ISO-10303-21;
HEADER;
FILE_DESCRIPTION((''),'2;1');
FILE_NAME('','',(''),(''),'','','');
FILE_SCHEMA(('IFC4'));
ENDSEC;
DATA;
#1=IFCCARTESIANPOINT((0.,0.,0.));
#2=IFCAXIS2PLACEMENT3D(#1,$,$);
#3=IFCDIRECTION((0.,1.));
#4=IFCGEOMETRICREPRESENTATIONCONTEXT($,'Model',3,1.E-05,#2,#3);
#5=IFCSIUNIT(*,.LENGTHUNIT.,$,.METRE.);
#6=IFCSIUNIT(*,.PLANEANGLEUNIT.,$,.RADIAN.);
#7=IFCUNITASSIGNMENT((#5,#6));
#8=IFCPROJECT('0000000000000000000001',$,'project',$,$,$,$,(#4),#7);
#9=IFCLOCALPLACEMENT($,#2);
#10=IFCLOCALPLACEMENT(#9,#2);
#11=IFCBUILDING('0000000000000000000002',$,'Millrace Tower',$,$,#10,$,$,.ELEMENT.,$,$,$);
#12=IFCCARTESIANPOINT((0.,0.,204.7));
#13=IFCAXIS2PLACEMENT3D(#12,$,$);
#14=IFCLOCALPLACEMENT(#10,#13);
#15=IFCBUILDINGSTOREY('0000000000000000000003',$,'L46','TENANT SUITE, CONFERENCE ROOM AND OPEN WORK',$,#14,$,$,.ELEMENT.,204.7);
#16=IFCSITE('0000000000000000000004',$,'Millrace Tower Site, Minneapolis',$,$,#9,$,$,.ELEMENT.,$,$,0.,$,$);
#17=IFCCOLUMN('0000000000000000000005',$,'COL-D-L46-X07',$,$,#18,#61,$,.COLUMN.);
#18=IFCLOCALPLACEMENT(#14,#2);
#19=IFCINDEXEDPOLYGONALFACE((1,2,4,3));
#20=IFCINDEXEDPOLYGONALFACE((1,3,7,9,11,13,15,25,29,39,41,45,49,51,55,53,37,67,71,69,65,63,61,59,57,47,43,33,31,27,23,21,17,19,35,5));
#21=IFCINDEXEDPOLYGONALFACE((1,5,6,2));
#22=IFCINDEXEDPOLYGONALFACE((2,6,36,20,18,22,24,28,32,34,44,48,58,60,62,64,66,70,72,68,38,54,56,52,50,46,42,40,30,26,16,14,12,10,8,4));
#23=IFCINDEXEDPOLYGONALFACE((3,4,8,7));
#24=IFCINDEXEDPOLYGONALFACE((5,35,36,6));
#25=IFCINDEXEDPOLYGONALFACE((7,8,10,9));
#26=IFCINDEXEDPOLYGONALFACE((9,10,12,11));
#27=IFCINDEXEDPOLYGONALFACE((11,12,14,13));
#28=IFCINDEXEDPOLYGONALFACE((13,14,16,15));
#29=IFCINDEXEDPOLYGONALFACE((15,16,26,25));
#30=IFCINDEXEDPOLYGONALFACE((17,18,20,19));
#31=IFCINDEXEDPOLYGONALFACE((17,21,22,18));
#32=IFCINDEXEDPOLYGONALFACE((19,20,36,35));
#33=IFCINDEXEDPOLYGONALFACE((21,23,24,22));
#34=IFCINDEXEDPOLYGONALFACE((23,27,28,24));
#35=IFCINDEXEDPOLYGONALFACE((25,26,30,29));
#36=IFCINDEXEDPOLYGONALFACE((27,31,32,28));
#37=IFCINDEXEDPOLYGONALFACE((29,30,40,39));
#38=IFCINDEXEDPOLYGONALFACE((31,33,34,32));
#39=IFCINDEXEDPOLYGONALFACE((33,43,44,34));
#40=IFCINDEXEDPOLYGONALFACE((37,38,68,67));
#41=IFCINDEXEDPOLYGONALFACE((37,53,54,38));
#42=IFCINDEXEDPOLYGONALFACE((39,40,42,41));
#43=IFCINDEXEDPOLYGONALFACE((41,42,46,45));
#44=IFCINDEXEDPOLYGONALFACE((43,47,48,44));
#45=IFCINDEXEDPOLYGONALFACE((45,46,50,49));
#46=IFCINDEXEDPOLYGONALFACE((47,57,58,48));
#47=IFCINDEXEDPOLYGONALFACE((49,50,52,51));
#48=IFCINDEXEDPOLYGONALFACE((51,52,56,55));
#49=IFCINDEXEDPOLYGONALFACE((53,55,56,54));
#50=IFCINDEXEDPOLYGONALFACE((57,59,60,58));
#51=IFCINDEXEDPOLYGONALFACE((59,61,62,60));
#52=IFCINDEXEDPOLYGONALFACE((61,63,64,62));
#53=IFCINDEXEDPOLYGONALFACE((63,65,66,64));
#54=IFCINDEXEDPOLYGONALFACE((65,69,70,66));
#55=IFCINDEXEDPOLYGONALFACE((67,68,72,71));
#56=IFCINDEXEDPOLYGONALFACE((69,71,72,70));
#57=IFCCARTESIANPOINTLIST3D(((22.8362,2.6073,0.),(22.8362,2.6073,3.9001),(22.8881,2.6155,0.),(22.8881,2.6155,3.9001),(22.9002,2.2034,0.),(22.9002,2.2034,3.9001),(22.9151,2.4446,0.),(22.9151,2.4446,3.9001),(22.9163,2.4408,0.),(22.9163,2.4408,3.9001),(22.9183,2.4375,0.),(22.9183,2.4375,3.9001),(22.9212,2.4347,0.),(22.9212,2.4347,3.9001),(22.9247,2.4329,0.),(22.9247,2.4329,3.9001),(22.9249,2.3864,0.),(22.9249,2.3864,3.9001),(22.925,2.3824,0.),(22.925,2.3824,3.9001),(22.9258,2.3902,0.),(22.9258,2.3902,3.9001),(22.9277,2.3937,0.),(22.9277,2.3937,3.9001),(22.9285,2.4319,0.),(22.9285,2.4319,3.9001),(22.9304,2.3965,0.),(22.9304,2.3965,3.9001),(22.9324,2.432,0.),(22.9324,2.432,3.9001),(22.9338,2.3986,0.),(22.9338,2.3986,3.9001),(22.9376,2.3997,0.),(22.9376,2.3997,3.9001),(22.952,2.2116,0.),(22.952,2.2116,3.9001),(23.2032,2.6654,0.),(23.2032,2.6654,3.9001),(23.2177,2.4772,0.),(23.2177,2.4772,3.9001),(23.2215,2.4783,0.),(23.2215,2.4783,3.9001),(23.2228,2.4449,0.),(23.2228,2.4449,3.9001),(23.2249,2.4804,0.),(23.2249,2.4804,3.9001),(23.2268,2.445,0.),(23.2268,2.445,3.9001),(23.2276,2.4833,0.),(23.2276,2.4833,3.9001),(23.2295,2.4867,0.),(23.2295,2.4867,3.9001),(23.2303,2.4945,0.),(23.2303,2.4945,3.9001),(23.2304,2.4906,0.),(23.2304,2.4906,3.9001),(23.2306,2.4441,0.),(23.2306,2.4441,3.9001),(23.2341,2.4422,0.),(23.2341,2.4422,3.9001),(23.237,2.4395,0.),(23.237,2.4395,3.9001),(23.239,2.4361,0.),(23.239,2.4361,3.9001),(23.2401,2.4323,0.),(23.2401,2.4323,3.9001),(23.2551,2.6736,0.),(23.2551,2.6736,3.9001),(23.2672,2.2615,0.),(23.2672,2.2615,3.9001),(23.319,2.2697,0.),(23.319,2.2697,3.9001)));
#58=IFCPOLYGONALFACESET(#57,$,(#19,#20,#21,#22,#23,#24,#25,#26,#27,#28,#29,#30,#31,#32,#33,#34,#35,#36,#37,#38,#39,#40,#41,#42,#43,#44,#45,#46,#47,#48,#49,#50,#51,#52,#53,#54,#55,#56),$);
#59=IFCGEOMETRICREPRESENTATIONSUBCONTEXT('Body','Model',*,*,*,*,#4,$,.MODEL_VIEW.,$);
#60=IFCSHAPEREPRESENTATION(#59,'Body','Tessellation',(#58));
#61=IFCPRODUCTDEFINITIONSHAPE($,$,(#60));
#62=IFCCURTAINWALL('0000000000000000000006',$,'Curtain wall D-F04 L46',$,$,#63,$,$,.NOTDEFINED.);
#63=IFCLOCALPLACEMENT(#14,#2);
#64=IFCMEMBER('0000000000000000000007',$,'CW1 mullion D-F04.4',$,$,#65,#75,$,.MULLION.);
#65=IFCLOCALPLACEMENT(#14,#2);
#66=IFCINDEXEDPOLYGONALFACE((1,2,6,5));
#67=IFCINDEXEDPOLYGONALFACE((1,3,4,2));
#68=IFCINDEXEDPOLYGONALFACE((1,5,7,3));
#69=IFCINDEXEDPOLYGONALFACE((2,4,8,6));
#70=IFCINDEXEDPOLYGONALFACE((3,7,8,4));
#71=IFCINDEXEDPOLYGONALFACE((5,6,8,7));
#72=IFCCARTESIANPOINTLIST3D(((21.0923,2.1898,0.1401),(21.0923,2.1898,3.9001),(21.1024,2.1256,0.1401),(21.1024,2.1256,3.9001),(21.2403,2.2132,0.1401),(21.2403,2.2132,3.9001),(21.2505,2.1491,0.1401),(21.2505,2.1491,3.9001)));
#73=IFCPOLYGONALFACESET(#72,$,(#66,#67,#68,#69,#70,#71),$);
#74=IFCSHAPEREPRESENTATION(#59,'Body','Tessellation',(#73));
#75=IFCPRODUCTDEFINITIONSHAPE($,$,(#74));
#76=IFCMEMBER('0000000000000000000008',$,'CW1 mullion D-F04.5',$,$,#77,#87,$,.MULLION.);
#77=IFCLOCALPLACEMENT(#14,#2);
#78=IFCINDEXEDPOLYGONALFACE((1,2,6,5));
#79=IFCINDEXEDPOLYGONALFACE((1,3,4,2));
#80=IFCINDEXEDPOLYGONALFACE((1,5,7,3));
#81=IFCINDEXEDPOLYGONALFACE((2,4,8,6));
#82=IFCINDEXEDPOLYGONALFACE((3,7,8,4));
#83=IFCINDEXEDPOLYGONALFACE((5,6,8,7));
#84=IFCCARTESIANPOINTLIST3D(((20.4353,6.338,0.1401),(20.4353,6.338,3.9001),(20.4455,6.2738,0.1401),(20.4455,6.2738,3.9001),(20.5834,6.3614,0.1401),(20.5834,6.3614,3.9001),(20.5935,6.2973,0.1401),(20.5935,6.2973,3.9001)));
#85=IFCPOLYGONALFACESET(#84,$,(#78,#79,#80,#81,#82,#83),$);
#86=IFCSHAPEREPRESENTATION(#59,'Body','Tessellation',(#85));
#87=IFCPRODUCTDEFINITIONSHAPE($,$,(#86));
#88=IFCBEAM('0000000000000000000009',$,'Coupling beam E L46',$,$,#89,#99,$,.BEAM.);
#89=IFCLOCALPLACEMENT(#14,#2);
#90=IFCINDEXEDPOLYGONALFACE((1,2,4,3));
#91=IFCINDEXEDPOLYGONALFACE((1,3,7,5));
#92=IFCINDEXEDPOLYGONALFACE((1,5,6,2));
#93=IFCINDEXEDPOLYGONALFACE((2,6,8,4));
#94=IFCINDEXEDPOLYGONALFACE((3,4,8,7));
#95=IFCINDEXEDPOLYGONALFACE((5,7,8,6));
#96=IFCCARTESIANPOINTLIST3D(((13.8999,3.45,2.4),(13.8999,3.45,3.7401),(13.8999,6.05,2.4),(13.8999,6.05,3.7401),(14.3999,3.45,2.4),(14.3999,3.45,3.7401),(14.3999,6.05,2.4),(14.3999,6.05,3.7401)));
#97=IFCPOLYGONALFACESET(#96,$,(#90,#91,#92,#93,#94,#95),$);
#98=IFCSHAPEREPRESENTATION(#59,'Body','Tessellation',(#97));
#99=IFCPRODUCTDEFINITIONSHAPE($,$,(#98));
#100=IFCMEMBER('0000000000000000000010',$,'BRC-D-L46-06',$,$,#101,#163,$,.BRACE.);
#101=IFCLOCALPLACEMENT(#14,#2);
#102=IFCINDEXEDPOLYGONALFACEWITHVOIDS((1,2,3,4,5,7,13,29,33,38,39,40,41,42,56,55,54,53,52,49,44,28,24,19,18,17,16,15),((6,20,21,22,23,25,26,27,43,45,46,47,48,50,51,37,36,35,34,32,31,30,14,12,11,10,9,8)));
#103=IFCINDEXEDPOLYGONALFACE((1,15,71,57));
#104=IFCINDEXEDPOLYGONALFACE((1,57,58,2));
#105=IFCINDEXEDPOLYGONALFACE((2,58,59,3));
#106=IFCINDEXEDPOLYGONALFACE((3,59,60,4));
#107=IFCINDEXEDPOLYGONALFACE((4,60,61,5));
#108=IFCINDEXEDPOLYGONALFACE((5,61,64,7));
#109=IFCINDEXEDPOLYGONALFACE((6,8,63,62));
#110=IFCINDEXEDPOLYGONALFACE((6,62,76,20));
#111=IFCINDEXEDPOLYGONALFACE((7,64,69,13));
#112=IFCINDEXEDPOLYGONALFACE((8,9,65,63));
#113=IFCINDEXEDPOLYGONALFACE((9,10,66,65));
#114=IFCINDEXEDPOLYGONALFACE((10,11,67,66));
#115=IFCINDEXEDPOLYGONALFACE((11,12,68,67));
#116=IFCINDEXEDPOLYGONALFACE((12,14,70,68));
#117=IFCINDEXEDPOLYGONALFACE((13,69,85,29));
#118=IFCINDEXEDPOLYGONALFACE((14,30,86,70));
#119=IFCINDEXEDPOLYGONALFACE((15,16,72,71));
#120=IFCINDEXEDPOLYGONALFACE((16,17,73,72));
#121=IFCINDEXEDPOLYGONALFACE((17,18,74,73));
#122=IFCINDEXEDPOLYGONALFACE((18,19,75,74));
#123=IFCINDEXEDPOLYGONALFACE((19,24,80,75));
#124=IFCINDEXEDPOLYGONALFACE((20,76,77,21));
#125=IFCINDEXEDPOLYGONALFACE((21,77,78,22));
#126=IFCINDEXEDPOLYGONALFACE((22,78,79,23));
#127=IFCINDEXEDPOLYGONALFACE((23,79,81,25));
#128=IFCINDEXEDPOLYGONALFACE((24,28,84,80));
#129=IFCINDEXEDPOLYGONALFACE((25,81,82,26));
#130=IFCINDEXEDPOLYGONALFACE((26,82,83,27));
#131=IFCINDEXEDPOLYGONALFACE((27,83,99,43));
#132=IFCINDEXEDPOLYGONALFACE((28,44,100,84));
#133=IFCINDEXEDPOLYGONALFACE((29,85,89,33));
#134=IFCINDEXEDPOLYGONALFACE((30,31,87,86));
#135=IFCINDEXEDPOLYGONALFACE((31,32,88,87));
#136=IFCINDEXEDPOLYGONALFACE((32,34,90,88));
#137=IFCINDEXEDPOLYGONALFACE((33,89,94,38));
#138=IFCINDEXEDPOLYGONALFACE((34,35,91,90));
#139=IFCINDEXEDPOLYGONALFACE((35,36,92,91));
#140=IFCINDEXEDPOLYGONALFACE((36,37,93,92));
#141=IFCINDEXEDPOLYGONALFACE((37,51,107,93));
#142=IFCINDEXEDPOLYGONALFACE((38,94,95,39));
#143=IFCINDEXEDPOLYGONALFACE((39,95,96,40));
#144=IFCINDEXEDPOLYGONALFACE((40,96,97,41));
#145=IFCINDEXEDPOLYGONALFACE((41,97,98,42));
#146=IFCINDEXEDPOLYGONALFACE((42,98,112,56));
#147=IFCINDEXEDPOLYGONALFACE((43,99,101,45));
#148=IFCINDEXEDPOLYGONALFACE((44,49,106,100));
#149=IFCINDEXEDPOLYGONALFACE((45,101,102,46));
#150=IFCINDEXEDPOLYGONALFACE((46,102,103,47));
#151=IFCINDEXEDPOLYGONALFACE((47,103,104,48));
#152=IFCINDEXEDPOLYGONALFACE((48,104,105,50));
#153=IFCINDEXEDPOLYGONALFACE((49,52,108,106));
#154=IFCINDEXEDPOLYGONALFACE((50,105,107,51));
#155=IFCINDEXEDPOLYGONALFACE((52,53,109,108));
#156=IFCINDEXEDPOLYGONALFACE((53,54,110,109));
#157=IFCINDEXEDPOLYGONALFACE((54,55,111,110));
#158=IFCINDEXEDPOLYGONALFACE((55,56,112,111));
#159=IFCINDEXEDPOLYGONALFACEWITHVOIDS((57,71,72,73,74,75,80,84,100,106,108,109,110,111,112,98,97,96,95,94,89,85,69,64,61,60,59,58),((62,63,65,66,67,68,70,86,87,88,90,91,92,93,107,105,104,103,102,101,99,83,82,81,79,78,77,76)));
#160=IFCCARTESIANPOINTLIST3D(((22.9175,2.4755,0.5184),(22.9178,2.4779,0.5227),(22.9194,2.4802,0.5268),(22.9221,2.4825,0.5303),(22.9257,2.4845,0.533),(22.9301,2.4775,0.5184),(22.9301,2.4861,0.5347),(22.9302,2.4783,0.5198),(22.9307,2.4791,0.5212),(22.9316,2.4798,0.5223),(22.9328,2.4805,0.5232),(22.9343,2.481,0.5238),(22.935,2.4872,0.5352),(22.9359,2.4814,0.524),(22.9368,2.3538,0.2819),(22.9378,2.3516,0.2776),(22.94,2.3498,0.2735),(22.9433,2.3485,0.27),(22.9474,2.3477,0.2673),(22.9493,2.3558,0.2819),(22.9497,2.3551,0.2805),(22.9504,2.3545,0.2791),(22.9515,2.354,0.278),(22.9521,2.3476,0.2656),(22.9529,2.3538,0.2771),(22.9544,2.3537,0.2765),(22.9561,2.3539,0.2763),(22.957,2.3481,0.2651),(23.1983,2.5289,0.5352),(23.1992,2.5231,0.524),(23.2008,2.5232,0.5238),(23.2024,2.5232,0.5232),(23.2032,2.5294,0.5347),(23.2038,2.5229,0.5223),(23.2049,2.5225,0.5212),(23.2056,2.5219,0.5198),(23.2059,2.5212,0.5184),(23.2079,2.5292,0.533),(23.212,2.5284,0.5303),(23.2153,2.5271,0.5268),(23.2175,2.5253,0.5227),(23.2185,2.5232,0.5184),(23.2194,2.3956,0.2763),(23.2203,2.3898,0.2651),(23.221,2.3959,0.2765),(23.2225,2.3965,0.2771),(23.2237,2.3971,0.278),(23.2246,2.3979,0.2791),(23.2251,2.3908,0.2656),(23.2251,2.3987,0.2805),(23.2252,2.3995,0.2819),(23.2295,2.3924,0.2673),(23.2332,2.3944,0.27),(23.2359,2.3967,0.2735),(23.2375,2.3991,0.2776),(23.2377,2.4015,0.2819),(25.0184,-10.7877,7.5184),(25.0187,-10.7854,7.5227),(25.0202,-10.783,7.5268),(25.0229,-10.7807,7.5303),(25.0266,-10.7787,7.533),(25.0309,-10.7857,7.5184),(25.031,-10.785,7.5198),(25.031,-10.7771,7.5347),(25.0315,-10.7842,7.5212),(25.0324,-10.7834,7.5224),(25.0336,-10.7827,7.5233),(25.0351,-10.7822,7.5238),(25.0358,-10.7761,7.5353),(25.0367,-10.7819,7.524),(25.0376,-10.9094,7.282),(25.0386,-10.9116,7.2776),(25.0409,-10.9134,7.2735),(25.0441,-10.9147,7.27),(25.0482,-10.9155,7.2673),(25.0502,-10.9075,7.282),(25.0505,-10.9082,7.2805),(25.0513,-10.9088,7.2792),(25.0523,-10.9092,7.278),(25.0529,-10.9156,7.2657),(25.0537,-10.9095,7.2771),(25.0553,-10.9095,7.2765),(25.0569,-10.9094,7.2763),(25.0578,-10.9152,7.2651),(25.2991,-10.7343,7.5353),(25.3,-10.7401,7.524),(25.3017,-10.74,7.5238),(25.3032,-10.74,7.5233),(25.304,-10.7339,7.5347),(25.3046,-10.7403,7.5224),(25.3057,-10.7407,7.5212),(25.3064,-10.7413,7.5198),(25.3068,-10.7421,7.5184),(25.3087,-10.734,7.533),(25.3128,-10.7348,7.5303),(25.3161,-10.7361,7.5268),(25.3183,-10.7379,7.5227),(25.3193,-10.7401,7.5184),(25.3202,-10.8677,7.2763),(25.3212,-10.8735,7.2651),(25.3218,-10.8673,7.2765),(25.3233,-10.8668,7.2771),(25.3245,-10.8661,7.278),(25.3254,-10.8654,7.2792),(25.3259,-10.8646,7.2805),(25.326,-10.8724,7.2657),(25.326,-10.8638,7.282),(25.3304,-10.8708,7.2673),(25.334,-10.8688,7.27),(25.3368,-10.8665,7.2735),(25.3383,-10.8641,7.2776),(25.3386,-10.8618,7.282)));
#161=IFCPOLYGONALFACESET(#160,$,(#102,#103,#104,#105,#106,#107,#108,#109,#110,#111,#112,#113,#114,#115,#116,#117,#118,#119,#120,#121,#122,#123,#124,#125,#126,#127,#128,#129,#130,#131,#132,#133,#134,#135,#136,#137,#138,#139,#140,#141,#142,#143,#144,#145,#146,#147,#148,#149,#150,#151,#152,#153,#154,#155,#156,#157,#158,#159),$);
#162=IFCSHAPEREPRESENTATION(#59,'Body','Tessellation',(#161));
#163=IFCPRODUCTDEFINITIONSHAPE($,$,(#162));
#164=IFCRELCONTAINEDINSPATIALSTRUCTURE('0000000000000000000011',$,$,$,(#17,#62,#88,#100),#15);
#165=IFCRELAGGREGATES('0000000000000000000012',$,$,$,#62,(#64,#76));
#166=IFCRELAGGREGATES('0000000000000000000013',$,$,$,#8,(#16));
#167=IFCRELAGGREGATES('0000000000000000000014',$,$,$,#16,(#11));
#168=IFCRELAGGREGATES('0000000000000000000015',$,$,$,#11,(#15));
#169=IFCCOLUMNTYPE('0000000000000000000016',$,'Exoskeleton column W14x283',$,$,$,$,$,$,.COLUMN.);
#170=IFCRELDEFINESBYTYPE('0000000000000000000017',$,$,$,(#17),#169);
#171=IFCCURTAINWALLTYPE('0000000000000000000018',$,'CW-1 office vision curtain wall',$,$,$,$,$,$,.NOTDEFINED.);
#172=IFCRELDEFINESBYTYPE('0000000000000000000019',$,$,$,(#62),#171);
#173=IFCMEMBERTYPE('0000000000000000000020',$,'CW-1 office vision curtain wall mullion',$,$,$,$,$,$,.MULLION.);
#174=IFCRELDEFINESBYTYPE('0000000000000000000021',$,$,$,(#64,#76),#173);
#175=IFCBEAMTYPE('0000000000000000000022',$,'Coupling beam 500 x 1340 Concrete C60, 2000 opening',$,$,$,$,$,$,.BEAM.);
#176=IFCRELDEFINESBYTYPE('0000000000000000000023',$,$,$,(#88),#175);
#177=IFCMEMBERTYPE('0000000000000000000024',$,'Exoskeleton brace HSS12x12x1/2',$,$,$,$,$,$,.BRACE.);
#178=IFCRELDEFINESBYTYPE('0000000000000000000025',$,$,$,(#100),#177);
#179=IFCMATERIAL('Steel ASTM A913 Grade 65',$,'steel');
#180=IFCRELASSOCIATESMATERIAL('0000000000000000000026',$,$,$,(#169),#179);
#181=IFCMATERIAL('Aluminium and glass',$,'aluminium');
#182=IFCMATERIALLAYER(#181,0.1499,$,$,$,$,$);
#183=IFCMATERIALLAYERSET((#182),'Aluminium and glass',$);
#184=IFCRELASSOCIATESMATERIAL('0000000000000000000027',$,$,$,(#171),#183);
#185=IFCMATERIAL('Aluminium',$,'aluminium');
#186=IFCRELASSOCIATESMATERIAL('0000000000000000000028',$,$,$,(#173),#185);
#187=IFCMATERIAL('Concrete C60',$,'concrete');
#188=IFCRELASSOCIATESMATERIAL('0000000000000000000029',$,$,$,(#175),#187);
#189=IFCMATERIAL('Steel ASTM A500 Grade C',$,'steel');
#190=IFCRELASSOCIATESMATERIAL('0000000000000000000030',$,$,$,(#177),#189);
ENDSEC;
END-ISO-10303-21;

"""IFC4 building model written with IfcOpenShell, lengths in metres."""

from ifc_helpers import new_model, si_unit, direction, frame, origin, origin_2d, place, context, subcontext, project, spatial, rectangle, hollow_rectangle, i_section, extrude, material, layer, layer_set, material_profile, profile_set, type_object, element, aggregate, save


model = new_model("IFC4")

# Units and contexts
model_context = context("Model", 3, precision=1e-05, world=origin(), true_north=direction((0.0, 1.0)))
body_context = subcontext(model_context, "Body", "Model", "MODEL_VIEW")
ifc_project = project(units=[si_unit("LENGTHUNIT", "METRE"), si_unit("PLANEANGLEUNIT", "RADIAN")], contexts=[model_context])

# Site, building, storey
site_placement = place(None, origin())
site = spatial("IfcSite", under=ifc_project, at=site_placement, Name="Millrace Tower Site, Minneapolis", CompositionType="ELEMENT", RefElevation=0.0)
building_placement = place(site_placement, origin())
building = spatial("IfcBuilding", under=site, at=building_placement, Name="Millrace Tower", CompositionType="ELEMENT")
storey_placement = place(building_placement, frame((0.0, 0.0, 204.7)))
storey = spatial("IfcBuildingStorey", under=building, at=storey_placement, Name="L46", Description="TENANT SUITE, CONFERENCE ROOM AND OPEN WORK", CompositionType="ELEMENT", Elevation=204.7)

# Column
ifc_material_1 = material(Name="Steel ASTM A913 Grade 65", Category="steel")
ifc_material_profile_1 = material_profile(ifc_material_1, i_section(OverallWidth=0.4089, OverallDepth=0.4241, WebThickness=0.0327, FlangeThickness=0.0525, FilletRadius=0.0151, at=origin_2d()))
ifc_profile_set_1 = profile_set([ifc_material_profile_1], Name="Steel ASTM A913 Grade 65")
column_type = type_object("IfcColumnType", Name="Exoskeleton column W14x283", PredefinedType="COLUMN", material=ifc_profile_set_1)
column_placement = place(storey_placement, frame((23.0776, 2.4385, 0.0), z_axis=(0.0, 0.0, 1.0), x_axis=(-0.156434, 0.987688, 0.0)))
element("IfcColumn", 1, at=column_placement, inside=storey, type_object=column_type, Name="COL-D-L46-X07", PredefinedType="COLUMN", context=body_context, shape_type="SweptSolid", body=[
    extrude(i_section(OverallWidth=0.4089, OverallDepth=0.4241, WebThickness=0.0327, FlangeThickness=0.0525, FilletRadius=0.0151, at=origin_2d()), origin(), (0.0, 0.0, 1.0), 3.9001),
])

# Curtain wall, members
ifc_material_2 = material(Name="Aluminium and glass", Category="aluminium")
ifc_layer_1 = layer(ifc_material_2, 0.1499)
ifc_layer_set_1 = layer_set([ifc_layer_1], Name="Aluminium and glass")
curtain_wall_type = type_object("IfcCurtainWallType", Name="CW-1 office vision curtain wall", PredefinedType="NOTDEFINED", material=ifc_layer_set_1)
curtain_wall_placement = place(storey_placement, origin())
curtain_wall = element("IfcCurtainWall", 2, at=curtain_wall_placement, inside=storey, type_object=curtain_wall_type, Name="Curtain wall D-F04 L46", PredefinedType="NOTDEFINED")
ifc_material_3 = material(Name="Aluminium", Category="aluminium")
ifc_material_profile_2 = material_profile(ifc_material_3, rectangle(XDim=0.0649, YDim=0.1499, at=origin_2d()))
ifc_profile_set_2 = profile_set([ifc_material_profile_2], Name="Aluminium")
member_type_1 = type_object("IfcMemberType", Name="CW-1 office vision curtain wall mullion", PredefinedType="MULLION", material=ifc_profile_set_2)
member_1_placement = place(storey_placement, frame((21.1714, 2.1694, 0.1401), z_axis=(0.0, 0.0, 1.0), x_axis=(-0.156434, 0.987688, 0.0)))
member_1 = element("IfcMember", 3, at=member_1_placement, type_object=member_type_1, Name="CW1 mullion D-F04.4", PredefinedType="MULLION", context=body_context, shape_type="SweptSolid", body=[
    extrude(rectangle(XDim=0.0649, YDim=0.1499, at=origin_2d()), origin(), (0.0, 0.0, 1.0), 3.76),
])
member_2_placement = place(storey_placement, frame((20.5144, 6.3176, 0.1401), z_axis=(0.0, 0.0, 1.0), x_axis=(-0.156434, 0.987688, 0.0)))
member_2 = element("IfcMember", 4, at=member_2_placement, type_object=member_type_1, Name="CW1 mullion D-F04.5", PredefinedType="MULLION", context=body_context, shape_type="SweptSolid", body=[
    extrude(rectangle(XDim=0.0649, YDim=0.1499, at=origin_2d()), origin(), (0.0, 0.0, 1.0), 3.76),
])
aggregate(curtain_wall, [member_1, member_2])

# Beam
ifc_material_4 = material(Name="Concrete C60", Category="concrete")
ifc_material_profile_3 = material_profile(ifc_material_4, rectangle(XDim=0.5, YDim=1.3401, at=origin_2d()))
ifc_profile_set_3 = profile_set([ifc_material_profile_3], Name="Concrete C60")
beam_type_1 = type_object("IfcBeamType", Name="Coupling beam 500 x 1340 Concrete C60, 2000 opening", PredefinedType="BEAM", material=ifc_profile_set_3)
beam_1_placement = place(storey_placement, frame((14.1499, 6.05, 3.0701), z_axis=(0.0, -1.0, 0.0), x_axis=(1.0, 0.0, 0.0)))
element("IfcBeam", 5, at=beam_1_placement, inside=storey, type_object=beam_type_1, Name="Coupling beam E L46", PredefinedType="BEAM", context=body_context, shape_type="SweptSolid", body=[
    extrude(rectangle(XDim=0.5, YDim=1.3401, at=origin_2d()), origin(), (0.0, 0.0, 1.0), 2.6001),
])

# Member
ifc_material_5 = material(Name="Steel ASTM A500 Grade C", Category="steel")
ifc_material_profile_4 = material_profile(ifc_material_5, hollow_rectangle(XDim=0.3047, YDim=0.3047, WallThickness=0.0127, InnerFilletRadius=0.0063, OuterFilletRadius=0.019, at=origin_2d()))
ifc_profile_set_4 = profile_set([ifc_material_profile_4], Name="Steel ASTM A500 Grade C")
member_type_2 = type_object("IfcMemberType", Name="Exoskeleton brace HSS12x12x1/2", PredefinedType="BRACE", material=ifc_profile_set_4)
member_3_placement = place(storey_placement, frame((23.0776, 2.4385, 0.4001), z_axis=(0.138728, -0.875834, 0.462245), x_axis=(0.987687, 0.156445, 0.0)))
element("IfcMember", 6, at=member_3_placement, inside=storey, type_object=member_type_2, Name="BRC-D-L46-06", PredefinedType="BRACE", context=body_context, shape_type="SweptSolid", body=[
    extrude(hollow_rectangle(XDim=0.3047, YDim=0.3047, WallThickness=0.0127, InnerFilletRadius=0.0063, OuterFilletRadius=0.019, at=origin_2d()), origin(), (0.0, 0.0, 1.0), 15.1436),
])

save(model, "model.ifc")
